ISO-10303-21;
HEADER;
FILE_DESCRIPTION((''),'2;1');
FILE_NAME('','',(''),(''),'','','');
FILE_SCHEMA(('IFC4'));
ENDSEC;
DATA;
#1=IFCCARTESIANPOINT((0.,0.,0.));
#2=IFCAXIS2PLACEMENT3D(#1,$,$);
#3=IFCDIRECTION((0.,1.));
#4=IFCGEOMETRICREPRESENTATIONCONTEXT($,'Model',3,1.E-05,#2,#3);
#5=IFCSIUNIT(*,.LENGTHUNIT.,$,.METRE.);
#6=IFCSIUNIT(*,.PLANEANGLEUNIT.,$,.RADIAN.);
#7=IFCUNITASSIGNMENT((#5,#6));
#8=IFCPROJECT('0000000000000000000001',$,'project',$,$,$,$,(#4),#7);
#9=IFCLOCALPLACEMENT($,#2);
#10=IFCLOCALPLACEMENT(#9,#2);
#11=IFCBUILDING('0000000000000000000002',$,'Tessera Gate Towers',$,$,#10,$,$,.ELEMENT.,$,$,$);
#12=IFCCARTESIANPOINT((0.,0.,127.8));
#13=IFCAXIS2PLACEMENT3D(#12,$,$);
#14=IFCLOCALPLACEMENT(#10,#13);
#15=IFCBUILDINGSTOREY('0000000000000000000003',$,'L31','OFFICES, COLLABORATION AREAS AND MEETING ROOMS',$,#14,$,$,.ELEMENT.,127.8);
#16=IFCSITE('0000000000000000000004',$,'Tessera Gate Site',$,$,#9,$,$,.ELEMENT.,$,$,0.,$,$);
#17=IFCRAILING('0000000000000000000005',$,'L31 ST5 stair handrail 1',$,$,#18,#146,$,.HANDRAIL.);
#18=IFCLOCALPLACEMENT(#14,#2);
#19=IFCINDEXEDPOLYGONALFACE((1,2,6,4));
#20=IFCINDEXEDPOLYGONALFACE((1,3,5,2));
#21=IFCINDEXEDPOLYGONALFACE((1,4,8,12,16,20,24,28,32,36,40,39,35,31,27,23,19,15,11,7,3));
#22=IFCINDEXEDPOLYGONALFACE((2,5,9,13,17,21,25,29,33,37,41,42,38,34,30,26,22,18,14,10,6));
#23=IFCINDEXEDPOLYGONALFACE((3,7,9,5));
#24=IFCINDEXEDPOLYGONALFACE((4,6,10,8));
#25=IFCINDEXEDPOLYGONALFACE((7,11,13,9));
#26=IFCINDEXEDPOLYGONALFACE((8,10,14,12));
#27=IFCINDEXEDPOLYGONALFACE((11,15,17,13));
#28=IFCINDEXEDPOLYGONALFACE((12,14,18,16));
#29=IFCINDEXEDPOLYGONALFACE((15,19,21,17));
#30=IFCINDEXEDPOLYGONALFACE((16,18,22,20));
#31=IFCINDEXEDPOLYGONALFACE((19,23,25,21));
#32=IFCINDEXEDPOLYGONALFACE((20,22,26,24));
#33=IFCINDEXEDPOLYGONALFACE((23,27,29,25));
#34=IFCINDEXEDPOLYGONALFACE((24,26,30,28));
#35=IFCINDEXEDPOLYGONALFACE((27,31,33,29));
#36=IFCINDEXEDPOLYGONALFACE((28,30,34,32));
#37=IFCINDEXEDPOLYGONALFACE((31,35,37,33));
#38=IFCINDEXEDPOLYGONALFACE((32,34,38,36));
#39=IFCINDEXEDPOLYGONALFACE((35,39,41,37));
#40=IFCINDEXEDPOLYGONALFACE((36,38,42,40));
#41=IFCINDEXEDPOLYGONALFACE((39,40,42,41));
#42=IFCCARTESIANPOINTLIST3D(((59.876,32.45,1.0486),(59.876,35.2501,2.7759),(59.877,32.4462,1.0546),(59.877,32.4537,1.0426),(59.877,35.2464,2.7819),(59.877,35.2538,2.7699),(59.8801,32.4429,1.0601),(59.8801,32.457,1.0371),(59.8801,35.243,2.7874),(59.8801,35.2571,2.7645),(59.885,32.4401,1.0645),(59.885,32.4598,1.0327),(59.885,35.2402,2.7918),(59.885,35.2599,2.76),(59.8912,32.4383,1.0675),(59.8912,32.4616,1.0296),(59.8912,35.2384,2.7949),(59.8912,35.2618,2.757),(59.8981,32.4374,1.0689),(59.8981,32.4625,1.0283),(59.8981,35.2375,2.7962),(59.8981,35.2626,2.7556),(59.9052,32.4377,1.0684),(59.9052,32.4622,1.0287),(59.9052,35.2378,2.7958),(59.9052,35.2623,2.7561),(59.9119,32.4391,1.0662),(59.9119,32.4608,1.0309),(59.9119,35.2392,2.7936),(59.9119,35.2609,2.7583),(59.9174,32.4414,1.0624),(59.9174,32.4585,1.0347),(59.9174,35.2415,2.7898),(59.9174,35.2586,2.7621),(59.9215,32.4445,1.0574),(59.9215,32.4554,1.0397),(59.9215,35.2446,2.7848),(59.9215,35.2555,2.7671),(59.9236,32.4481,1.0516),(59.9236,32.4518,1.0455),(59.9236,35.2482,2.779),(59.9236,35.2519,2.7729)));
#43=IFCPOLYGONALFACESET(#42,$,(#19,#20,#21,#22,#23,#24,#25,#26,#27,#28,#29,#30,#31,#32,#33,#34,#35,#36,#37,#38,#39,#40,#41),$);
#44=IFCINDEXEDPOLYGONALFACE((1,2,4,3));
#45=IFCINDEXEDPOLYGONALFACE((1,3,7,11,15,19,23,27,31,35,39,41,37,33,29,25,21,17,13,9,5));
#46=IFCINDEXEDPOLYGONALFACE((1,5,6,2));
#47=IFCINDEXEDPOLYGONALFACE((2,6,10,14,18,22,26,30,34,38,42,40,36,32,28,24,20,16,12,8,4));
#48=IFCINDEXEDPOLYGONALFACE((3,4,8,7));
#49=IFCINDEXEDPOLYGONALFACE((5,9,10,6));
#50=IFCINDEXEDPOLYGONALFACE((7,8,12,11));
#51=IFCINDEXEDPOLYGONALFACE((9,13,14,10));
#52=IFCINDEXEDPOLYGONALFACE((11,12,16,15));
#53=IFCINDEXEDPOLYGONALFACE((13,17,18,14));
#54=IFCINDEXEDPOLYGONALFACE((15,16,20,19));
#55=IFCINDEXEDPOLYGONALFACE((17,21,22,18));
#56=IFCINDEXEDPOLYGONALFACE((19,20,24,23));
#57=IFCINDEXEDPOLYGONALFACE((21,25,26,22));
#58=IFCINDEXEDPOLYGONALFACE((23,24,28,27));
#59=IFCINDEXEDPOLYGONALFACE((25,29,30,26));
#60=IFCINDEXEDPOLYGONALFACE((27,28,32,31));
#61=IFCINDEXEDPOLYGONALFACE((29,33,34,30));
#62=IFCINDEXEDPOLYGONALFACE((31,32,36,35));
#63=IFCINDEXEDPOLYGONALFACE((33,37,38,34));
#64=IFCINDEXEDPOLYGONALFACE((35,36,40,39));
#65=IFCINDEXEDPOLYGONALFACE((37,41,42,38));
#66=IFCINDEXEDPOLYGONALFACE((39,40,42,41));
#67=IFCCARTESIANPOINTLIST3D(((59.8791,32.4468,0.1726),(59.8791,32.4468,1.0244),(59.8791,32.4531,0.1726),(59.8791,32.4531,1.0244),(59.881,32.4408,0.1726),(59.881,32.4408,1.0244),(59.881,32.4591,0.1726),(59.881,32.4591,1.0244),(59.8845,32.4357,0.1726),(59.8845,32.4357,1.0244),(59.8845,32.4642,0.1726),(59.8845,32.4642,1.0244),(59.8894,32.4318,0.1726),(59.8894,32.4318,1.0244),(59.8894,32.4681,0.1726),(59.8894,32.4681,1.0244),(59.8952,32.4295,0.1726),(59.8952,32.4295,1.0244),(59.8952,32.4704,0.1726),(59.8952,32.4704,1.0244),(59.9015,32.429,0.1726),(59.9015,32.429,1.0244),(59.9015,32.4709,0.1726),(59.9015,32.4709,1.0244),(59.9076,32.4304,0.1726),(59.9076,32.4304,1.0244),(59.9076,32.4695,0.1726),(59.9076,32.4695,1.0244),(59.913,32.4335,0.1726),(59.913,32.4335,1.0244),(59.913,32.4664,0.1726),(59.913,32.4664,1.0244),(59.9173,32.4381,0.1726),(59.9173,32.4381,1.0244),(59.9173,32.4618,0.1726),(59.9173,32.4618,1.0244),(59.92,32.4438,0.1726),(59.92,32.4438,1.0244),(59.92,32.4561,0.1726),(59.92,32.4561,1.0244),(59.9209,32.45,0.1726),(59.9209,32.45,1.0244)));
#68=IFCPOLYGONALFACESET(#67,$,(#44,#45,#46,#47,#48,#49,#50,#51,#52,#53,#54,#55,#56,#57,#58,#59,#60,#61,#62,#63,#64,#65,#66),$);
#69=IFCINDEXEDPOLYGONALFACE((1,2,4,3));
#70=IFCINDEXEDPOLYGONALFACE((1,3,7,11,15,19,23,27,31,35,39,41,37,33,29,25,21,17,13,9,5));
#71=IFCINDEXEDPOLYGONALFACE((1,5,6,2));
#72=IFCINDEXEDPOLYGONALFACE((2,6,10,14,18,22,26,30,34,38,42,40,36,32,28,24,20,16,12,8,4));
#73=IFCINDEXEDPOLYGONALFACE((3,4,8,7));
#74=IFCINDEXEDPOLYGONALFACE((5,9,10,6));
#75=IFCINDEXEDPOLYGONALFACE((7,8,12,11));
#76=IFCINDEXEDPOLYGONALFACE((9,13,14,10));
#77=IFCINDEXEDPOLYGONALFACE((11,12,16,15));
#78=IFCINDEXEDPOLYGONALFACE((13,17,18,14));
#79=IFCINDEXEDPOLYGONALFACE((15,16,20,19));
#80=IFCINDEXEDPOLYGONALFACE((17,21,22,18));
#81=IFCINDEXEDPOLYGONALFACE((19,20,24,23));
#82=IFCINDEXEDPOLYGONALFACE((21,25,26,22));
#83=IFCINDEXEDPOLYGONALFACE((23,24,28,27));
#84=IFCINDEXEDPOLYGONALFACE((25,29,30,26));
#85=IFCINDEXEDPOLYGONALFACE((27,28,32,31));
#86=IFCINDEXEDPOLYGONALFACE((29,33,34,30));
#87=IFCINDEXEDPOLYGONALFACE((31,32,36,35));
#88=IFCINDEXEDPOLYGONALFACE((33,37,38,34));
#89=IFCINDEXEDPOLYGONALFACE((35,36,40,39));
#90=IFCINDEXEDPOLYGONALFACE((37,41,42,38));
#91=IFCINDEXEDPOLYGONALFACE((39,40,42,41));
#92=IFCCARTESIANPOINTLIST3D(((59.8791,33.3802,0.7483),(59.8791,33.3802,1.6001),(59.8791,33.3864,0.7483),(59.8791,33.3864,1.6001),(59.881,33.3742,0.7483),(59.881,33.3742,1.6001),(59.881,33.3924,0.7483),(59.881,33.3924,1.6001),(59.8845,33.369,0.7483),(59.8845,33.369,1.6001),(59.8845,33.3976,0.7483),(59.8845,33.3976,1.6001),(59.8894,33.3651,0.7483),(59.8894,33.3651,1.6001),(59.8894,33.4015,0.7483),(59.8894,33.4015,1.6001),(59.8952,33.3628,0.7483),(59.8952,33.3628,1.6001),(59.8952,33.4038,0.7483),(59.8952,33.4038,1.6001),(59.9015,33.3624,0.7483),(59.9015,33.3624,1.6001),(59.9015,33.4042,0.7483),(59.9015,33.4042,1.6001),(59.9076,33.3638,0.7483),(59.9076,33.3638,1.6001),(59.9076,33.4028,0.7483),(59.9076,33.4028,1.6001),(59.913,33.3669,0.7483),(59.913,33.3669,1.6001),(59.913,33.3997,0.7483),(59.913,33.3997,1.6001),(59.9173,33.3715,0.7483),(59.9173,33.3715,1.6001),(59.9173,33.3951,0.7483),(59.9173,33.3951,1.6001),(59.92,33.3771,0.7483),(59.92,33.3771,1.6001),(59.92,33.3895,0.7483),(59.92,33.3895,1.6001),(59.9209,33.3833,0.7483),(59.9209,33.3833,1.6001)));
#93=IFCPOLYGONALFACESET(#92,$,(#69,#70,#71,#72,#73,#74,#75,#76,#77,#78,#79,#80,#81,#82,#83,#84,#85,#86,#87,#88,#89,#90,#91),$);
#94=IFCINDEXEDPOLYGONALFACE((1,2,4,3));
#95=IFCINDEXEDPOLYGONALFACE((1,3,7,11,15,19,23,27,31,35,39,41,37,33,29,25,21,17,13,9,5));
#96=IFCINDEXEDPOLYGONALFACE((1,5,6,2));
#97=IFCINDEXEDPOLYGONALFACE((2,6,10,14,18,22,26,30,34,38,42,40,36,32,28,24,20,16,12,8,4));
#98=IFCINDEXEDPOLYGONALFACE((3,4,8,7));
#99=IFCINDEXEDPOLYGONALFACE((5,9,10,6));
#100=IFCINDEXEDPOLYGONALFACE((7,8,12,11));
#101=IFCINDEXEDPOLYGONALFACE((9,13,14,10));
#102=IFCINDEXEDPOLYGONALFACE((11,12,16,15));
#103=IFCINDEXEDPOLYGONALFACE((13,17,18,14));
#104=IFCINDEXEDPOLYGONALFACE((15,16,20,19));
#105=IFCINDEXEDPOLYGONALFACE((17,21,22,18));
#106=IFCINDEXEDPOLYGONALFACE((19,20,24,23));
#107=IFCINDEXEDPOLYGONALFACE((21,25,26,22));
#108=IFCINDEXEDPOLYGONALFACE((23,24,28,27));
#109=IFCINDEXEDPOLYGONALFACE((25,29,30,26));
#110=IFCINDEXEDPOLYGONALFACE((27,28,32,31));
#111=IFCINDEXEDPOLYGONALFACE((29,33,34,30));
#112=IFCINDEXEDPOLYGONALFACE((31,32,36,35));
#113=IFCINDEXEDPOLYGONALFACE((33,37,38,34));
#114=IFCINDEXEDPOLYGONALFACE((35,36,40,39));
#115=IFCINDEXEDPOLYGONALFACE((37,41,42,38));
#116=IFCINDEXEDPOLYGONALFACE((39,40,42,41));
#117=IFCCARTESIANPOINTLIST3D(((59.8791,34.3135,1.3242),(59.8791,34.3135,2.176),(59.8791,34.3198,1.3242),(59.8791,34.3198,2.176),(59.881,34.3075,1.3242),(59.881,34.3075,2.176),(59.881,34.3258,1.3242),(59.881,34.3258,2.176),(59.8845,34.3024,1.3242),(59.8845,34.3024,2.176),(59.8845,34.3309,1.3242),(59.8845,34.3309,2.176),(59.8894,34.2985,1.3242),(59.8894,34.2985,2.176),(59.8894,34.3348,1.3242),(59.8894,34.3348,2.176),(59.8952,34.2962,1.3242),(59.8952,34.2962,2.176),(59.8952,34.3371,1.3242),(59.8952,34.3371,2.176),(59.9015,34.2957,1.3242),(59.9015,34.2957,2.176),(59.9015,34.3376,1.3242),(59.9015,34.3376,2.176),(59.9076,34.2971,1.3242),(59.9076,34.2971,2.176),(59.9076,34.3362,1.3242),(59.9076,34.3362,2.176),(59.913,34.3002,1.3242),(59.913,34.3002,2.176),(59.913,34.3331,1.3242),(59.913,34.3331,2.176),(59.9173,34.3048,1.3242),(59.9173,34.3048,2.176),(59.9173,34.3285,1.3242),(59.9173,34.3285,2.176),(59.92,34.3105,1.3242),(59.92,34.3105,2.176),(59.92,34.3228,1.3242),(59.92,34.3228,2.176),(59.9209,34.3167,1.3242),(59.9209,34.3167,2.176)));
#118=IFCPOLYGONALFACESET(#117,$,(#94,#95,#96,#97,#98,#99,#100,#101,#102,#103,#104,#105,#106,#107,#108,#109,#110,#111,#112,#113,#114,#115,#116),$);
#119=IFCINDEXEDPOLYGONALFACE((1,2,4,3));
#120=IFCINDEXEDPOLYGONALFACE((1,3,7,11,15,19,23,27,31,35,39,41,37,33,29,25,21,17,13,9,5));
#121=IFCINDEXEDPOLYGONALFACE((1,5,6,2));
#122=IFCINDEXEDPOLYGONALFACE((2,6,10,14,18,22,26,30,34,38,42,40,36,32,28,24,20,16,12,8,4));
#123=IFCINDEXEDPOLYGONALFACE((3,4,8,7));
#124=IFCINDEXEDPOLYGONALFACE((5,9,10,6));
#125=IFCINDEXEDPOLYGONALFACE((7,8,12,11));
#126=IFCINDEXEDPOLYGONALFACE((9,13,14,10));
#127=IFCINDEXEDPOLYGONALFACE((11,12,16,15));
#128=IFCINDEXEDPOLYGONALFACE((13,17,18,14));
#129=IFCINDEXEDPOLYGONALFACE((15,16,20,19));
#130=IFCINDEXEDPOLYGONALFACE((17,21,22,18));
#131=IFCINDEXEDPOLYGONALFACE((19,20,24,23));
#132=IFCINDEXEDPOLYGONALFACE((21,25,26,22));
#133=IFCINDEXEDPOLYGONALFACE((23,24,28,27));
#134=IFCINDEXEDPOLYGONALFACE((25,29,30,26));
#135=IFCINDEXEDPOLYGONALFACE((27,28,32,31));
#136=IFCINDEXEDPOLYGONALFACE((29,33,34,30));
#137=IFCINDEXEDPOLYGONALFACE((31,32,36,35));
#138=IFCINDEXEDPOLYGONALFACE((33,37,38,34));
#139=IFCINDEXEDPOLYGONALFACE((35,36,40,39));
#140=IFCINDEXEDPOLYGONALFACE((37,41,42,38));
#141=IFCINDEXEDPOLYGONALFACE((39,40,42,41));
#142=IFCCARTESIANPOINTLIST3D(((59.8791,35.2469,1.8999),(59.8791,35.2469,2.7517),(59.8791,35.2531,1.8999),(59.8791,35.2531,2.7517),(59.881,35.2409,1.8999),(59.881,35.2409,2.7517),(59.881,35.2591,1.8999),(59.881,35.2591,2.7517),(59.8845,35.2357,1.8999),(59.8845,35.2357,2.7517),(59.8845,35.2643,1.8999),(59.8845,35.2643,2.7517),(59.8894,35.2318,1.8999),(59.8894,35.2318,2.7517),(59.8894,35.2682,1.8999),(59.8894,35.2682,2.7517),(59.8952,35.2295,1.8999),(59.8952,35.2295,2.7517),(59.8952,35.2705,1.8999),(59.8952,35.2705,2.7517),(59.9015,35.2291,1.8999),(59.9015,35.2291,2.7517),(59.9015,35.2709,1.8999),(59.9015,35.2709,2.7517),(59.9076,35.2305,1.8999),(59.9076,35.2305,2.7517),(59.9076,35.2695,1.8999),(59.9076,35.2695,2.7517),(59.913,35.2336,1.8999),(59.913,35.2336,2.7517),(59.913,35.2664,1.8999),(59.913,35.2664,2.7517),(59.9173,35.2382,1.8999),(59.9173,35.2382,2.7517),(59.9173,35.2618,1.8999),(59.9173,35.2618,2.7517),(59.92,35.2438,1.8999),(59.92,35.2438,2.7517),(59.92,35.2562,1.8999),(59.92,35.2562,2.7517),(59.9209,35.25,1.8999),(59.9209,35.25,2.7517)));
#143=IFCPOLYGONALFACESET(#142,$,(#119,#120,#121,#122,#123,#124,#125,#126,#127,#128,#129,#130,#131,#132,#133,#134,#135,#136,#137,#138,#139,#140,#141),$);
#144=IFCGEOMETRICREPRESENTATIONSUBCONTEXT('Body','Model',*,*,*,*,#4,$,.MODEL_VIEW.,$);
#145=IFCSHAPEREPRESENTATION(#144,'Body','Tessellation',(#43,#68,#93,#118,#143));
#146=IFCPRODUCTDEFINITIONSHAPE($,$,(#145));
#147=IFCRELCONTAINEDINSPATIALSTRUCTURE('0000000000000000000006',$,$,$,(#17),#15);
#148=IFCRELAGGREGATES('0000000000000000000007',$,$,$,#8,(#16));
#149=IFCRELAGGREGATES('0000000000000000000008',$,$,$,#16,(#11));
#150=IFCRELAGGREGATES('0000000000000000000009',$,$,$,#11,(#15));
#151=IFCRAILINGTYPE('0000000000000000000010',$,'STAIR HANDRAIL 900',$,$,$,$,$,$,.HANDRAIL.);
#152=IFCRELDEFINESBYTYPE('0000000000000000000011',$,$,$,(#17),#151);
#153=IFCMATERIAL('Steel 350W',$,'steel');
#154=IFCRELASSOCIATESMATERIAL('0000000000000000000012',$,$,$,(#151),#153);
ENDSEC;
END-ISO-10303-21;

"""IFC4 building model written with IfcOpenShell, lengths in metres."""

from ifc_helpers import new_model, si_unit, direction, frame, origin, origin_2d, place, context, subcontext, project, spatial, circle, extrude, material, type_object, element, save


model = new_model("IFC4")

# Units and contexts
model_context = context("Model", 3, precision=1e-05, world=origin(), true_north=direction((0.0, 1.0)))
body_context = subcontext(model_context, "Body", "Model", "MODEL_VIEW")
ifc_project = project(units=[si_unit("LENGTHUNIT", "METRE"), si_unit("PLANEANGLEUNIT", "RADIAN")], contexts=[model_context])

# Site, building, storey
site_placement = place(None, origin())
site = spatial("IfcSite", under=ifc_project, at=site_placement, Name="Tessera Gate Site", CompositionType="ELEMENT", RefElevation=0.0)
building_placement = place(site_placement, origin())
building = spatial("IfcBuilding", under=site, at=building_placement, Name="Tessera Gate Towers", CompositionType="ELEMENT")
storey_placement = place(building_placement, frame((0.0, 0.0, 127.8)))
storey = spatial("IfcBuildingStorey", under=building, at=storey_placement, Name="L31", Description="OFFICES, COLLABORATION AREAS AND MEETING ROOMS", CompositionType="ELEMENT", Elevation=127.8)

# Railing
ifc_material_1 = material(Name="Steel 350W", Category="steel")
railing_type_1 = type_object("IfcRailingType", Name="STAIR HANDRAIL 900", PredefinedType="HANDRAIL", material=ifc_material_1)
railing_1_placement = place(storey_placement, frame((59.8999, 32.45, 0.1726)))
element("IfcRailing", 1, at=railing_1_placement, inside=storey, type_object=railing_type_1, Name="L31 ST5 stair handrail 1", PredefinedType="HANDRAIL", context=body_context, shape_type="SweptSolid", body=[
    extrude(circle(Radius=0.0239, at=origin_2d()), frame((0.0, 0.0, 0.876), z_axis=(0.0, 0.85109, 0.52502), x_axis=(-1.0, 0.0, 0.0)), (0.0, 0.0, 1.0), 3.29),
    extrude(circle(Radius=0.021, at=origin_2d()), origin(), (0.0, 0.0, 1.0), 0.8518),
    extrude(circle(Radius=0.021, at=origin_2d()), frame((0.0, 0.9333, 0.5757)), (0.0, 0.0, 1.0), 0.8518),
    extrude(circle(Radius=0.021, at=origin_2d()), frame((0.0, 1.8667, 1.1516)), (0.0, 0.0, 1.0), 0.8518),
    extrude(circle(Radius=0.021, at=origin_2d()), frame((0.0, 2.8, 1.7273)), (0.0, 0.0, 1.0), 0.8518),
])

save(model, "model.ifc")
